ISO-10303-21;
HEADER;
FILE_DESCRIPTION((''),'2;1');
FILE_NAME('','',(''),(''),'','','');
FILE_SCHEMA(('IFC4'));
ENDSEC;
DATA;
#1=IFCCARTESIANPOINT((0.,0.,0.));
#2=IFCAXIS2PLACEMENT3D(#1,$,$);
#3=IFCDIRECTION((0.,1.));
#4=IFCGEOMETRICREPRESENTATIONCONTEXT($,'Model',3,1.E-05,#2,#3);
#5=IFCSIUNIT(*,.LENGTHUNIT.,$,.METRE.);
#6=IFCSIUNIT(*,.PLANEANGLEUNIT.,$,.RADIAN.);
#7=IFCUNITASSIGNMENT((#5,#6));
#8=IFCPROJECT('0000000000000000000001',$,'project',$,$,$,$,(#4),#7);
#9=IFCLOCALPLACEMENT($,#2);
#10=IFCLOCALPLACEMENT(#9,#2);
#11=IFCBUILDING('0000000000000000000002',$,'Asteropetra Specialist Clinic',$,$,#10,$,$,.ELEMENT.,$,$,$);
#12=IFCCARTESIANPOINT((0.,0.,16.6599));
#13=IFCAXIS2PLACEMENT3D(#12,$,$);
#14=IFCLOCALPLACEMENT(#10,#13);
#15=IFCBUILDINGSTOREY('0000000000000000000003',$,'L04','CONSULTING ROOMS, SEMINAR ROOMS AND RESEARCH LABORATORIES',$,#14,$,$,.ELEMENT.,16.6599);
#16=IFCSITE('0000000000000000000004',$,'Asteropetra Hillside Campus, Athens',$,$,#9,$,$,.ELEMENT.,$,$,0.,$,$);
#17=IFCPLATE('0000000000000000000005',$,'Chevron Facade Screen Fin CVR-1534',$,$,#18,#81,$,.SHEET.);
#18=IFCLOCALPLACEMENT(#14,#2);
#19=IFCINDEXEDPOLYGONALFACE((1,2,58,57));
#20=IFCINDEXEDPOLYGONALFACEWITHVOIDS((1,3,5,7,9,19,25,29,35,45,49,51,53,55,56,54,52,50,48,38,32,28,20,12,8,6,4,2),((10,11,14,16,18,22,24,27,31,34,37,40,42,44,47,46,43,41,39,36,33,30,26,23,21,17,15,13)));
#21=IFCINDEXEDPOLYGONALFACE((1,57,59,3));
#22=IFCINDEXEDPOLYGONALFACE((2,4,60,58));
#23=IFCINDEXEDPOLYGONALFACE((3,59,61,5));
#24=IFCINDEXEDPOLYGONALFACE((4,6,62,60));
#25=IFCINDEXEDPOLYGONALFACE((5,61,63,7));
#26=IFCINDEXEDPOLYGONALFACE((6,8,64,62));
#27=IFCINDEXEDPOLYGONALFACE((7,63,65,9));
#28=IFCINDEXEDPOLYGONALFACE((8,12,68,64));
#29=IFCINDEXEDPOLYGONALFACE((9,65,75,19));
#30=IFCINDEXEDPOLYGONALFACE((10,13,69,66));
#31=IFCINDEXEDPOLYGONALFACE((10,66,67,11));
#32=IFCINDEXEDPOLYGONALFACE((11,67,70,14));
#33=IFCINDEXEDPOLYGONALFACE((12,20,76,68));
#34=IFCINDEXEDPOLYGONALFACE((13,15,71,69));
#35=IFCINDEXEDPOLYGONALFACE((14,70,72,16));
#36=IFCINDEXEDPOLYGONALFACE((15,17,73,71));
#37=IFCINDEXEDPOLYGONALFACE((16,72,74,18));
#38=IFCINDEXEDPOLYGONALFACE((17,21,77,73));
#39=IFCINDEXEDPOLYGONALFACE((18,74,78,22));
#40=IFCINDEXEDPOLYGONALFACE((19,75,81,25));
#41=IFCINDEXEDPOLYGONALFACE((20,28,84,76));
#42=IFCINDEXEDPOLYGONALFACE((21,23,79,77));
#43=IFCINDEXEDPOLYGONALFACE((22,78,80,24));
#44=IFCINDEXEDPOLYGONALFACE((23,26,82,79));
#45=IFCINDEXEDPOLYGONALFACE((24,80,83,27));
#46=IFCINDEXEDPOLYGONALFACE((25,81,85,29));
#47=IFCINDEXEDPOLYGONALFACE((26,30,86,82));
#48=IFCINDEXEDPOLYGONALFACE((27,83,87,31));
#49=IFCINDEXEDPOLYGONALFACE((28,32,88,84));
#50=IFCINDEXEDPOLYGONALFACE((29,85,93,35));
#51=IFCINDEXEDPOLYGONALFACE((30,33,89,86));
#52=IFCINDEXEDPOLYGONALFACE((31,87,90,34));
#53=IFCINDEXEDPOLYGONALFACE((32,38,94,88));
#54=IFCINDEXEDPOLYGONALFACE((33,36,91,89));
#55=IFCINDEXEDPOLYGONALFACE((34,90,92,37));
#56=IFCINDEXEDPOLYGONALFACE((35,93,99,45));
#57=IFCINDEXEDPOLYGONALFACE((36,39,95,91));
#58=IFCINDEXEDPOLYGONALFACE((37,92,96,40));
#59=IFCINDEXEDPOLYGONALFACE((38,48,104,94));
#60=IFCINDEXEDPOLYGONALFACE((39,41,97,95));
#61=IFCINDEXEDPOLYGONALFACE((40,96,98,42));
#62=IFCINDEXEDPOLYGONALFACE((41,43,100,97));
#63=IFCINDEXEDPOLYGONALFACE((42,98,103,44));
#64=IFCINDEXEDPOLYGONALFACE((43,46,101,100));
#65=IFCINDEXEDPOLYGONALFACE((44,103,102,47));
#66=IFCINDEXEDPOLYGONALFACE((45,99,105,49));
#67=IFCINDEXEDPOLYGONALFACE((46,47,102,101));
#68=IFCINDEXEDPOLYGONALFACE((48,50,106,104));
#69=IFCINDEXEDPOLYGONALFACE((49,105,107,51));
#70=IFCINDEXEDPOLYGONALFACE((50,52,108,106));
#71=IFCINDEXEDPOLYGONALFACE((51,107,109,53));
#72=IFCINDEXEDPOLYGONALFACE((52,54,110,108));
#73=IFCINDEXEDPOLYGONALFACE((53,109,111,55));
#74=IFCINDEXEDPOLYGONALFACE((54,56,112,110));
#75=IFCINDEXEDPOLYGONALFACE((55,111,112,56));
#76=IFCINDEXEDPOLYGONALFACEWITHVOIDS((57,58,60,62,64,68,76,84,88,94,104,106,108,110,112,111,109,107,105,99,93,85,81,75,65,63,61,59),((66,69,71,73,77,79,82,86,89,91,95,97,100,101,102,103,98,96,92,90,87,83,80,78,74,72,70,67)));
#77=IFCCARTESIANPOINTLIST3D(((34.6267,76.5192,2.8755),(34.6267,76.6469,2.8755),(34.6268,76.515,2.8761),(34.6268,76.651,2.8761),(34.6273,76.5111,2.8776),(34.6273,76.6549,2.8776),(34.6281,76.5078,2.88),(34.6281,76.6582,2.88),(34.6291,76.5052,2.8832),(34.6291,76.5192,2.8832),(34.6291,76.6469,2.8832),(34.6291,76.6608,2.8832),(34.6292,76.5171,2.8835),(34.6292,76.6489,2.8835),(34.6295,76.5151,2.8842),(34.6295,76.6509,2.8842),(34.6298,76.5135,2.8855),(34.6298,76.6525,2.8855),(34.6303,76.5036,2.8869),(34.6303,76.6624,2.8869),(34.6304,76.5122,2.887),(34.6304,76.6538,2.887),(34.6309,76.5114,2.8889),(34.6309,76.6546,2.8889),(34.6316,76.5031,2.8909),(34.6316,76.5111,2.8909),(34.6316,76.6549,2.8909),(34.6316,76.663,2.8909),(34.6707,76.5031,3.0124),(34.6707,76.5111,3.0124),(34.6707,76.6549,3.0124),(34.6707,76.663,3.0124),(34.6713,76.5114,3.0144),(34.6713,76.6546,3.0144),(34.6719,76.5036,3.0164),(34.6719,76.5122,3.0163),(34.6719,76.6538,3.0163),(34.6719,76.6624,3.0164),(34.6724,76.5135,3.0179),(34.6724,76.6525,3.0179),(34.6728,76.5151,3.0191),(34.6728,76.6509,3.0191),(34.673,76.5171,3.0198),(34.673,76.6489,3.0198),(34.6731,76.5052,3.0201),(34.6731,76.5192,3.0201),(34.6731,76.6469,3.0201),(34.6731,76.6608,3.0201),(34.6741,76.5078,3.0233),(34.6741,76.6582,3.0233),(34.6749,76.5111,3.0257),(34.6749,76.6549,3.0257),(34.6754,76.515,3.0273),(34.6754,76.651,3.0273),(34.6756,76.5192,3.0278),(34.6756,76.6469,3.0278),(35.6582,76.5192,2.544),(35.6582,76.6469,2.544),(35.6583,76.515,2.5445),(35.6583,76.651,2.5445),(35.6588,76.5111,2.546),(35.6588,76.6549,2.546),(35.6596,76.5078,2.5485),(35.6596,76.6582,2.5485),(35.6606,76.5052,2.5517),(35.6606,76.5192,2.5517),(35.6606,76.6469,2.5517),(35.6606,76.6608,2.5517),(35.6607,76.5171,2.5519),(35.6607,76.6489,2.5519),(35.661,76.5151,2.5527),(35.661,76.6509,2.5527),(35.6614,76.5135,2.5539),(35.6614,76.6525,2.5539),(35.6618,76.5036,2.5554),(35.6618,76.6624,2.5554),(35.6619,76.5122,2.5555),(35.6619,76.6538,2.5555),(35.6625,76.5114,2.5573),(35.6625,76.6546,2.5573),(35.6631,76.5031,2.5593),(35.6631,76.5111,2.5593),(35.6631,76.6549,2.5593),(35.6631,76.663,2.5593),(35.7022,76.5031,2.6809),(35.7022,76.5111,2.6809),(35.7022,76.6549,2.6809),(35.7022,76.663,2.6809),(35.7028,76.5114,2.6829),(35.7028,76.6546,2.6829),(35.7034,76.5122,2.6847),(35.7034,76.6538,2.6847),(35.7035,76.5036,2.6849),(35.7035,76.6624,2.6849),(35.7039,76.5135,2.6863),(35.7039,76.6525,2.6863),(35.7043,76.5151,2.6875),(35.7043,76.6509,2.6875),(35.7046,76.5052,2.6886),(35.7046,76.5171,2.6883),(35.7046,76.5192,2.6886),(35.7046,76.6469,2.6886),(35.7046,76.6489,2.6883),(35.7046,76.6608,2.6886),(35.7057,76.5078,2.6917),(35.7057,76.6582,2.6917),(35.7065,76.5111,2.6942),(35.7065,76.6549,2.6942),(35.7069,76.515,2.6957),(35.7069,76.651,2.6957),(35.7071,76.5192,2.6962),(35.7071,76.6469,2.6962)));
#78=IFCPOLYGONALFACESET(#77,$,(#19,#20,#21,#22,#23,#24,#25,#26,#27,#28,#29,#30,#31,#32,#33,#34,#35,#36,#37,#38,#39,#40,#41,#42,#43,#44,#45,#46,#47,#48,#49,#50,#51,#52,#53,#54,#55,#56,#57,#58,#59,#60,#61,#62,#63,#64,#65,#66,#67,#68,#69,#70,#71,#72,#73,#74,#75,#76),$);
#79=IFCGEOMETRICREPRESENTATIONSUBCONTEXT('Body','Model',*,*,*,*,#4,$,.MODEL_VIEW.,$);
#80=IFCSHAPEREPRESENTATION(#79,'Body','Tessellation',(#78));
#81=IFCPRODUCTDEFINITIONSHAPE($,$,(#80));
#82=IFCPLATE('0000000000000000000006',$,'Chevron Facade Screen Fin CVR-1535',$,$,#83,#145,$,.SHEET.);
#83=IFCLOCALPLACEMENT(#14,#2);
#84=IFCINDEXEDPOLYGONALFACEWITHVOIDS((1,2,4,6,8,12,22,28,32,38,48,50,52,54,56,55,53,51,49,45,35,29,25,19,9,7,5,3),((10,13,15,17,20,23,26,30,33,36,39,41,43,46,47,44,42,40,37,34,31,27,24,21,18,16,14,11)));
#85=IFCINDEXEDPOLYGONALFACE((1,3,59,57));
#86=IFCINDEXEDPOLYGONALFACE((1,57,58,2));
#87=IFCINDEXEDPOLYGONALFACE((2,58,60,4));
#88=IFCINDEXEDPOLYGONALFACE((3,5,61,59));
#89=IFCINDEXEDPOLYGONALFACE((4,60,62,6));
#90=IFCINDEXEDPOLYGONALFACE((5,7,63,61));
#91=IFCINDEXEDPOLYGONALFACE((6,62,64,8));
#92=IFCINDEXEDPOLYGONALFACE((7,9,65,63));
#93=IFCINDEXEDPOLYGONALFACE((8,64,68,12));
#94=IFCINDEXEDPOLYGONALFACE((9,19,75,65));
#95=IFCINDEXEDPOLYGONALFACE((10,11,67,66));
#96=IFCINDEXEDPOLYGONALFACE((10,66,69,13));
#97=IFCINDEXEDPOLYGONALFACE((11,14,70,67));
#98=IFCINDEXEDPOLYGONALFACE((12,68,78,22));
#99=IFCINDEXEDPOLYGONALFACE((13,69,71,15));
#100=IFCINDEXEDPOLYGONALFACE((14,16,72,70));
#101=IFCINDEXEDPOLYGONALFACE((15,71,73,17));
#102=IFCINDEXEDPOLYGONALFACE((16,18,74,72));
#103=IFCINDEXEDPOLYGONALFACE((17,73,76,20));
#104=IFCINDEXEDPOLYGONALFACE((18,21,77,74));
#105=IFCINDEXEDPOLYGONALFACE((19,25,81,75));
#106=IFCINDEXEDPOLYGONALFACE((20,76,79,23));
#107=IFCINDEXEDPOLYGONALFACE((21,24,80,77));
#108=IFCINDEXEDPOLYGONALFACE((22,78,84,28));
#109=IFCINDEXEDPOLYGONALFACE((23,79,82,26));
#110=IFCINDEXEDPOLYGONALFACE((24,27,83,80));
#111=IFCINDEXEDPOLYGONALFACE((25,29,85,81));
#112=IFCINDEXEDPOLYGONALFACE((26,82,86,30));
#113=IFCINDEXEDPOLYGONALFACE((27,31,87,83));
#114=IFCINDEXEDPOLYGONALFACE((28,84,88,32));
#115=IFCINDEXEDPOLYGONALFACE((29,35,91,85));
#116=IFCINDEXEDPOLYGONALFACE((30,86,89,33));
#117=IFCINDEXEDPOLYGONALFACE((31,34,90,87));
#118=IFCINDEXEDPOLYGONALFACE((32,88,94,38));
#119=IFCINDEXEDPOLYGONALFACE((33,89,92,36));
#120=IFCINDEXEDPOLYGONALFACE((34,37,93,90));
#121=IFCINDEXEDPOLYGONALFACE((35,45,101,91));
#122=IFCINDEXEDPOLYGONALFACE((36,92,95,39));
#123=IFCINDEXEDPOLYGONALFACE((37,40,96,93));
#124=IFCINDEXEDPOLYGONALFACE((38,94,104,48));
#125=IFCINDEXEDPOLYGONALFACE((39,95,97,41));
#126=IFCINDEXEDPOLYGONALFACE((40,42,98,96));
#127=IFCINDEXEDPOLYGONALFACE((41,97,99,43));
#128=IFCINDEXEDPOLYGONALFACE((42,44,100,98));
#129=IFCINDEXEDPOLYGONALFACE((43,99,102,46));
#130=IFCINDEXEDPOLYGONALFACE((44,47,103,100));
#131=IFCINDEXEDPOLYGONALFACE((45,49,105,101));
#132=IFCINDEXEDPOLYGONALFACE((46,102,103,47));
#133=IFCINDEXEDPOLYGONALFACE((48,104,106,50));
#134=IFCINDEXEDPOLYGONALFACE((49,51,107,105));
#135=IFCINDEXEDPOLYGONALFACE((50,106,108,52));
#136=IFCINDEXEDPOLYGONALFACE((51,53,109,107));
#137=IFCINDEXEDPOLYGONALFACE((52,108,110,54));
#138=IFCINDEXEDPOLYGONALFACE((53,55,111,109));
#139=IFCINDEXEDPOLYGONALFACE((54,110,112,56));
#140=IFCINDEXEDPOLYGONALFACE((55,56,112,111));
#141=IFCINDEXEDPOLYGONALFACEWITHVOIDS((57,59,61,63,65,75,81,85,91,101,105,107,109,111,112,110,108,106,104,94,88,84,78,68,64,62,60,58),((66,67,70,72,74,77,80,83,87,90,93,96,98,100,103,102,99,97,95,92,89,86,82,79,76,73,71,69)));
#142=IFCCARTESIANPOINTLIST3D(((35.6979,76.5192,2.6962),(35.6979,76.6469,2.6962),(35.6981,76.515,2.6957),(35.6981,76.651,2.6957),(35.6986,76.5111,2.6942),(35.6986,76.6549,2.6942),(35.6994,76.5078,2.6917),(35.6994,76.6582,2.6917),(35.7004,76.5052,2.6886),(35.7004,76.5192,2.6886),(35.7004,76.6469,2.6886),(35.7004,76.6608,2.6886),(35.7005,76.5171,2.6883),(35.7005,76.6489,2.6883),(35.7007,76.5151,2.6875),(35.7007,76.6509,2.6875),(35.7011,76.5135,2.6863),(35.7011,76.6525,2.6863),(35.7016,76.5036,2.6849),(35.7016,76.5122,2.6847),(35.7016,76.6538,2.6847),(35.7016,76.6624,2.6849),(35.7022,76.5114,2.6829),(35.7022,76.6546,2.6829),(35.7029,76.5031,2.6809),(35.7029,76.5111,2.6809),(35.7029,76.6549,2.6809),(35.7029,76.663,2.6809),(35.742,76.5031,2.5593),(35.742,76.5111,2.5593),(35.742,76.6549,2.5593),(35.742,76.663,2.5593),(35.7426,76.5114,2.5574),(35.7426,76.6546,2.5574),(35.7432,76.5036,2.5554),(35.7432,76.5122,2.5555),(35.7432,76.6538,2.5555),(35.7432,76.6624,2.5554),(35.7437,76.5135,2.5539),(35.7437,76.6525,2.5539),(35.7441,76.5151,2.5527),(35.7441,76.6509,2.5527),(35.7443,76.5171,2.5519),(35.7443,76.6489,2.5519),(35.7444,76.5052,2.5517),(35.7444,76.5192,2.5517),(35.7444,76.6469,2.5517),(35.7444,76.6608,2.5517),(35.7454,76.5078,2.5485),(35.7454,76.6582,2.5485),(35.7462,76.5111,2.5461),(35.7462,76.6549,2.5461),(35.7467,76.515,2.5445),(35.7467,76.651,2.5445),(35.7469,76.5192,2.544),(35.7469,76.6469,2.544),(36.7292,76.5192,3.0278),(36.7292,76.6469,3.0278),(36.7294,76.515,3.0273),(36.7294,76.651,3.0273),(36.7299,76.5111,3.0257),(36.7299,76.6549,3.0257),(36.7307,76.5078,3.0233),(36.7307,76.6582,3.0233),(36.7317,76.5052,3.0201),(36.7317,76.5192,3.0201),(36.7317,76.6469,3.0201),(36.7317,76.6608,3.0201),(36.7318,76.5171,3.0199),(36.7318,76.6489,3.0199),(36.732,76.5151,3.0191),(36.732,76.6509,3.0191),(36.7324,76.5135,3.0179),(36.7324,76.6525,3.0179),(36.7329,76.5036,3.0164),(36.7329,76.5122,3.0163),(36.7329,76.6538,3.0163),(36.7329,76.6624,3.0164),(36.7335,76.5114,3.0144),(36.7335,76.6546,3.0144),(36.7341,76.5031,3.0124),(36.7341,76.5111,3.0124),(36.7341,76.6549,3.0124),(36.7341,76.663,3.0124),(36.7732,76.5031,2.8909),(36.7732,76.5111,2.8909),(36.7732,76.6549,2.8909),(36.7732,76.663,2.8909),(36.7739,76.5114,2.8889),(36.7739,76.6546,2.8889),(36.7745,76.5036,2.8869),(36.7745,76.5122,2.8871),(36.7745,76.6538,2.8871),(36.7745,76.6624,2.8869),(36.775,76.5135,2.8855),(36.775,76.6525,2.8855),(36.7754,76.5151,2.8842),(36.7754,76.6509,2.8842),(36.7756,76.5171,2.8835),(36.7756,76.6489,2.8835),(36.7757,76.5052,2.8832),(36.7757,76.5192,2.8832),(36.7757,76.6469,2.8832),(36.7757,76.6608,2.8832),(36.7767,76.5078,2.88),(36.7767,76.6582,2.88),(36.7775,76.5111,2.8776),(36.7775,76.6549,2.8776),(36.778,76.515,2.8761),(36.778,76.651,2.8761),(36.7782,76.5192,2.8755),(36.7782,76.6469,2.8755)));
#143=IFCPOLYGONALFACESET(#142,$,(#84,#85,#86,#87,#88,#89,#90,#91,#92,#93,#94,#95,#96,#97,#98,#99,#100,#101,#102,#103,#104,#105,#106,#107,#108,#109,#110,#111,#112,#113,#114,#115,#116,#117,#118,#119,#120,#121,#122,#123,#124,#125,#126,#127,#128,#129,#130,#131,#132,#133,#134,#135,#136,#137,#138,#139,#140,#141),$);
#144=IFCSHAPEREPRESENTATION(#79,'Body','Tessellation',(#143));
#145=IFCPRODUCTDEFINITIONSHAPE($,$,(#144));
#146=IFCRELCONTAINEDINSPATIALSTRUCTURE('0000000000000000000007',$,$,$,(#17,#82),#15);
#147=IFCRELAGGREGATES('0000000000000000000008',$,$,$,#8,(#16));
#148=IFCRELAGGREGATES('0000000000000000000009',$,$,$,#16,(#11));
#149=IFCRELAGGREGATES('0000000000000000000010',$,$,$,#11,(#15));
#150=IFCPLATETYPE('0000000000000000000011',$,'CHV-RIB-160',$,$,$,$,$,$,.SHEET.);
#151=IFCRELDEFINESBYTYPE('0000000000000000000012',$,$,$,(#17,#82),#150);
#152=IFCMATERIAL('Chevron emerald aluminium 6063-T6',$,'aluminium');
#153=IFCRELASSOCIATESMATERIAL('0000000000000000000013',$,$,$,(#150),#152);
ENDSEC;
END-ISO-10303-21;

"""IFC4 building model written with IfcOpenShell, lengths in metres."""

from ifc_helpers import new_model, si_unit, direction, frame, origin, origin_2d, place, context, subcontext, project, spatial, hollow_rectangle, extrude, material, material_profile, profile_set, type_object, element, save


model = new_model("IFC4")

# Units and contexts
model_context = context("Model", 3, precision=1e-05, world=origin(), true_north=direction((0.0, 1.0)))
body_context = subcontext(model_context, "Body", "Model", "MODEL_VIEW")
ifc_project = project(units=[si_unit("LENGTHUNIT", "METRE"), si_unit("PLANEANGLEUNIT", "RADIAN")], contexts=[model_context])

# Site, building, storey
site_placement = place(None, origin())
site = spatial("IfcSite", under=ifc_project, at=site_placement, Name="Asteropetra Hillside Campus, Athens", CompositionType="ELEMENT", RefElevation=0.0)
building_placement = place(site_placement, origin())
building = spatial("IfcBuilding", under=site, at=building_placement, Name="Asteropetra Specialist Clinic", CompositionType="ELEMENT")
storey_placement = place(building_placement, frame((0.0, 0.0, 16.6599)))
storey = spatial("IfcBuildingStorey", under=building, at=storey_placement, Name="L04", Description="CONSULTING ROOMS, SEMINAR ROOMS AND RESEARCH LABORATORIES", CompositionType="ELEMENT", Elevation=16.6599)

# Plates
ifc_material_1 = material(Name="Chevron emerald aluminium 6063-T6", Category="aluminium")
ifc_material_profile_1 = material_profile(ifc_material_1, hollow_rectangle(XDim=0.1599, YDim=0.1599, WallThickness=0.0081, InnerFilletRadius=0.0081, OuterFilletRadius=0.0161, at=origin_2d()), Name="SHS 160x160x8.0")
ifc_profile_set_1 = profile_set([ifc_material_profile_1], Name="Chevron emerald aluminium 6063-T6")
plate_type_1 = type_object("IfcPlateType", Name="CHV-RIB-160", PredefinedType="SHEET", material=ifc_profile_set_1)
plate_1_placement = place(storey_placement, frame((34.6511, 76.583, 2.9517), z_axis=(0.952031, 0.0, -0.306002), x_axis=(0.0, 1.0, 0.0)))
element("IfcPlate", 1, at=plate_1_placement, inside=storey, type_object=plate_type_1, Name="Chevron Facade Screen Fin CVR-1534", PredefinedType="SHEET", context=body_context, shape_type="SweptSolid", body=[
    extrude(hollow_rectangle(XDim=0.1599, YDim=0.1599, WallThickness=0.0081, InnerFilletRadius=0.0081, OuterFilletRadius=0.0161, at=origin_2d()), origin(), (0.0, 0.0, 1.0), 1.0835),
])
for number, where, z_axis, x_axis, name in (
    (2, (35.7224, 76.583, 2.6201), (0.95201, 0.0, 0.306068), (0.0, 1.0, 0.0), "Chevron Facade Screen Fin CVR-1535"),
):
    element("IfcPlate", number, at=place(storey_placement, frame(where, z_axis=z_axis, x_axis=x_axis)), inside=storey, type_object=plate_type_1, Name=name, PredefinedType="SHEET", context=body_context, shape_type="SweptSolid", body=[
        extrude(hollow_rectangle(XDim=0.1599, YDim=0.1599, WallThickness=0.0081, InnerFilletRadius=0.0081, OuterFilletRadius=0.0161, at=origin_2d()), origin(), (0.0, 0.0, 1.0), 1.0833),
    ])

save(model, "model.ifc")
